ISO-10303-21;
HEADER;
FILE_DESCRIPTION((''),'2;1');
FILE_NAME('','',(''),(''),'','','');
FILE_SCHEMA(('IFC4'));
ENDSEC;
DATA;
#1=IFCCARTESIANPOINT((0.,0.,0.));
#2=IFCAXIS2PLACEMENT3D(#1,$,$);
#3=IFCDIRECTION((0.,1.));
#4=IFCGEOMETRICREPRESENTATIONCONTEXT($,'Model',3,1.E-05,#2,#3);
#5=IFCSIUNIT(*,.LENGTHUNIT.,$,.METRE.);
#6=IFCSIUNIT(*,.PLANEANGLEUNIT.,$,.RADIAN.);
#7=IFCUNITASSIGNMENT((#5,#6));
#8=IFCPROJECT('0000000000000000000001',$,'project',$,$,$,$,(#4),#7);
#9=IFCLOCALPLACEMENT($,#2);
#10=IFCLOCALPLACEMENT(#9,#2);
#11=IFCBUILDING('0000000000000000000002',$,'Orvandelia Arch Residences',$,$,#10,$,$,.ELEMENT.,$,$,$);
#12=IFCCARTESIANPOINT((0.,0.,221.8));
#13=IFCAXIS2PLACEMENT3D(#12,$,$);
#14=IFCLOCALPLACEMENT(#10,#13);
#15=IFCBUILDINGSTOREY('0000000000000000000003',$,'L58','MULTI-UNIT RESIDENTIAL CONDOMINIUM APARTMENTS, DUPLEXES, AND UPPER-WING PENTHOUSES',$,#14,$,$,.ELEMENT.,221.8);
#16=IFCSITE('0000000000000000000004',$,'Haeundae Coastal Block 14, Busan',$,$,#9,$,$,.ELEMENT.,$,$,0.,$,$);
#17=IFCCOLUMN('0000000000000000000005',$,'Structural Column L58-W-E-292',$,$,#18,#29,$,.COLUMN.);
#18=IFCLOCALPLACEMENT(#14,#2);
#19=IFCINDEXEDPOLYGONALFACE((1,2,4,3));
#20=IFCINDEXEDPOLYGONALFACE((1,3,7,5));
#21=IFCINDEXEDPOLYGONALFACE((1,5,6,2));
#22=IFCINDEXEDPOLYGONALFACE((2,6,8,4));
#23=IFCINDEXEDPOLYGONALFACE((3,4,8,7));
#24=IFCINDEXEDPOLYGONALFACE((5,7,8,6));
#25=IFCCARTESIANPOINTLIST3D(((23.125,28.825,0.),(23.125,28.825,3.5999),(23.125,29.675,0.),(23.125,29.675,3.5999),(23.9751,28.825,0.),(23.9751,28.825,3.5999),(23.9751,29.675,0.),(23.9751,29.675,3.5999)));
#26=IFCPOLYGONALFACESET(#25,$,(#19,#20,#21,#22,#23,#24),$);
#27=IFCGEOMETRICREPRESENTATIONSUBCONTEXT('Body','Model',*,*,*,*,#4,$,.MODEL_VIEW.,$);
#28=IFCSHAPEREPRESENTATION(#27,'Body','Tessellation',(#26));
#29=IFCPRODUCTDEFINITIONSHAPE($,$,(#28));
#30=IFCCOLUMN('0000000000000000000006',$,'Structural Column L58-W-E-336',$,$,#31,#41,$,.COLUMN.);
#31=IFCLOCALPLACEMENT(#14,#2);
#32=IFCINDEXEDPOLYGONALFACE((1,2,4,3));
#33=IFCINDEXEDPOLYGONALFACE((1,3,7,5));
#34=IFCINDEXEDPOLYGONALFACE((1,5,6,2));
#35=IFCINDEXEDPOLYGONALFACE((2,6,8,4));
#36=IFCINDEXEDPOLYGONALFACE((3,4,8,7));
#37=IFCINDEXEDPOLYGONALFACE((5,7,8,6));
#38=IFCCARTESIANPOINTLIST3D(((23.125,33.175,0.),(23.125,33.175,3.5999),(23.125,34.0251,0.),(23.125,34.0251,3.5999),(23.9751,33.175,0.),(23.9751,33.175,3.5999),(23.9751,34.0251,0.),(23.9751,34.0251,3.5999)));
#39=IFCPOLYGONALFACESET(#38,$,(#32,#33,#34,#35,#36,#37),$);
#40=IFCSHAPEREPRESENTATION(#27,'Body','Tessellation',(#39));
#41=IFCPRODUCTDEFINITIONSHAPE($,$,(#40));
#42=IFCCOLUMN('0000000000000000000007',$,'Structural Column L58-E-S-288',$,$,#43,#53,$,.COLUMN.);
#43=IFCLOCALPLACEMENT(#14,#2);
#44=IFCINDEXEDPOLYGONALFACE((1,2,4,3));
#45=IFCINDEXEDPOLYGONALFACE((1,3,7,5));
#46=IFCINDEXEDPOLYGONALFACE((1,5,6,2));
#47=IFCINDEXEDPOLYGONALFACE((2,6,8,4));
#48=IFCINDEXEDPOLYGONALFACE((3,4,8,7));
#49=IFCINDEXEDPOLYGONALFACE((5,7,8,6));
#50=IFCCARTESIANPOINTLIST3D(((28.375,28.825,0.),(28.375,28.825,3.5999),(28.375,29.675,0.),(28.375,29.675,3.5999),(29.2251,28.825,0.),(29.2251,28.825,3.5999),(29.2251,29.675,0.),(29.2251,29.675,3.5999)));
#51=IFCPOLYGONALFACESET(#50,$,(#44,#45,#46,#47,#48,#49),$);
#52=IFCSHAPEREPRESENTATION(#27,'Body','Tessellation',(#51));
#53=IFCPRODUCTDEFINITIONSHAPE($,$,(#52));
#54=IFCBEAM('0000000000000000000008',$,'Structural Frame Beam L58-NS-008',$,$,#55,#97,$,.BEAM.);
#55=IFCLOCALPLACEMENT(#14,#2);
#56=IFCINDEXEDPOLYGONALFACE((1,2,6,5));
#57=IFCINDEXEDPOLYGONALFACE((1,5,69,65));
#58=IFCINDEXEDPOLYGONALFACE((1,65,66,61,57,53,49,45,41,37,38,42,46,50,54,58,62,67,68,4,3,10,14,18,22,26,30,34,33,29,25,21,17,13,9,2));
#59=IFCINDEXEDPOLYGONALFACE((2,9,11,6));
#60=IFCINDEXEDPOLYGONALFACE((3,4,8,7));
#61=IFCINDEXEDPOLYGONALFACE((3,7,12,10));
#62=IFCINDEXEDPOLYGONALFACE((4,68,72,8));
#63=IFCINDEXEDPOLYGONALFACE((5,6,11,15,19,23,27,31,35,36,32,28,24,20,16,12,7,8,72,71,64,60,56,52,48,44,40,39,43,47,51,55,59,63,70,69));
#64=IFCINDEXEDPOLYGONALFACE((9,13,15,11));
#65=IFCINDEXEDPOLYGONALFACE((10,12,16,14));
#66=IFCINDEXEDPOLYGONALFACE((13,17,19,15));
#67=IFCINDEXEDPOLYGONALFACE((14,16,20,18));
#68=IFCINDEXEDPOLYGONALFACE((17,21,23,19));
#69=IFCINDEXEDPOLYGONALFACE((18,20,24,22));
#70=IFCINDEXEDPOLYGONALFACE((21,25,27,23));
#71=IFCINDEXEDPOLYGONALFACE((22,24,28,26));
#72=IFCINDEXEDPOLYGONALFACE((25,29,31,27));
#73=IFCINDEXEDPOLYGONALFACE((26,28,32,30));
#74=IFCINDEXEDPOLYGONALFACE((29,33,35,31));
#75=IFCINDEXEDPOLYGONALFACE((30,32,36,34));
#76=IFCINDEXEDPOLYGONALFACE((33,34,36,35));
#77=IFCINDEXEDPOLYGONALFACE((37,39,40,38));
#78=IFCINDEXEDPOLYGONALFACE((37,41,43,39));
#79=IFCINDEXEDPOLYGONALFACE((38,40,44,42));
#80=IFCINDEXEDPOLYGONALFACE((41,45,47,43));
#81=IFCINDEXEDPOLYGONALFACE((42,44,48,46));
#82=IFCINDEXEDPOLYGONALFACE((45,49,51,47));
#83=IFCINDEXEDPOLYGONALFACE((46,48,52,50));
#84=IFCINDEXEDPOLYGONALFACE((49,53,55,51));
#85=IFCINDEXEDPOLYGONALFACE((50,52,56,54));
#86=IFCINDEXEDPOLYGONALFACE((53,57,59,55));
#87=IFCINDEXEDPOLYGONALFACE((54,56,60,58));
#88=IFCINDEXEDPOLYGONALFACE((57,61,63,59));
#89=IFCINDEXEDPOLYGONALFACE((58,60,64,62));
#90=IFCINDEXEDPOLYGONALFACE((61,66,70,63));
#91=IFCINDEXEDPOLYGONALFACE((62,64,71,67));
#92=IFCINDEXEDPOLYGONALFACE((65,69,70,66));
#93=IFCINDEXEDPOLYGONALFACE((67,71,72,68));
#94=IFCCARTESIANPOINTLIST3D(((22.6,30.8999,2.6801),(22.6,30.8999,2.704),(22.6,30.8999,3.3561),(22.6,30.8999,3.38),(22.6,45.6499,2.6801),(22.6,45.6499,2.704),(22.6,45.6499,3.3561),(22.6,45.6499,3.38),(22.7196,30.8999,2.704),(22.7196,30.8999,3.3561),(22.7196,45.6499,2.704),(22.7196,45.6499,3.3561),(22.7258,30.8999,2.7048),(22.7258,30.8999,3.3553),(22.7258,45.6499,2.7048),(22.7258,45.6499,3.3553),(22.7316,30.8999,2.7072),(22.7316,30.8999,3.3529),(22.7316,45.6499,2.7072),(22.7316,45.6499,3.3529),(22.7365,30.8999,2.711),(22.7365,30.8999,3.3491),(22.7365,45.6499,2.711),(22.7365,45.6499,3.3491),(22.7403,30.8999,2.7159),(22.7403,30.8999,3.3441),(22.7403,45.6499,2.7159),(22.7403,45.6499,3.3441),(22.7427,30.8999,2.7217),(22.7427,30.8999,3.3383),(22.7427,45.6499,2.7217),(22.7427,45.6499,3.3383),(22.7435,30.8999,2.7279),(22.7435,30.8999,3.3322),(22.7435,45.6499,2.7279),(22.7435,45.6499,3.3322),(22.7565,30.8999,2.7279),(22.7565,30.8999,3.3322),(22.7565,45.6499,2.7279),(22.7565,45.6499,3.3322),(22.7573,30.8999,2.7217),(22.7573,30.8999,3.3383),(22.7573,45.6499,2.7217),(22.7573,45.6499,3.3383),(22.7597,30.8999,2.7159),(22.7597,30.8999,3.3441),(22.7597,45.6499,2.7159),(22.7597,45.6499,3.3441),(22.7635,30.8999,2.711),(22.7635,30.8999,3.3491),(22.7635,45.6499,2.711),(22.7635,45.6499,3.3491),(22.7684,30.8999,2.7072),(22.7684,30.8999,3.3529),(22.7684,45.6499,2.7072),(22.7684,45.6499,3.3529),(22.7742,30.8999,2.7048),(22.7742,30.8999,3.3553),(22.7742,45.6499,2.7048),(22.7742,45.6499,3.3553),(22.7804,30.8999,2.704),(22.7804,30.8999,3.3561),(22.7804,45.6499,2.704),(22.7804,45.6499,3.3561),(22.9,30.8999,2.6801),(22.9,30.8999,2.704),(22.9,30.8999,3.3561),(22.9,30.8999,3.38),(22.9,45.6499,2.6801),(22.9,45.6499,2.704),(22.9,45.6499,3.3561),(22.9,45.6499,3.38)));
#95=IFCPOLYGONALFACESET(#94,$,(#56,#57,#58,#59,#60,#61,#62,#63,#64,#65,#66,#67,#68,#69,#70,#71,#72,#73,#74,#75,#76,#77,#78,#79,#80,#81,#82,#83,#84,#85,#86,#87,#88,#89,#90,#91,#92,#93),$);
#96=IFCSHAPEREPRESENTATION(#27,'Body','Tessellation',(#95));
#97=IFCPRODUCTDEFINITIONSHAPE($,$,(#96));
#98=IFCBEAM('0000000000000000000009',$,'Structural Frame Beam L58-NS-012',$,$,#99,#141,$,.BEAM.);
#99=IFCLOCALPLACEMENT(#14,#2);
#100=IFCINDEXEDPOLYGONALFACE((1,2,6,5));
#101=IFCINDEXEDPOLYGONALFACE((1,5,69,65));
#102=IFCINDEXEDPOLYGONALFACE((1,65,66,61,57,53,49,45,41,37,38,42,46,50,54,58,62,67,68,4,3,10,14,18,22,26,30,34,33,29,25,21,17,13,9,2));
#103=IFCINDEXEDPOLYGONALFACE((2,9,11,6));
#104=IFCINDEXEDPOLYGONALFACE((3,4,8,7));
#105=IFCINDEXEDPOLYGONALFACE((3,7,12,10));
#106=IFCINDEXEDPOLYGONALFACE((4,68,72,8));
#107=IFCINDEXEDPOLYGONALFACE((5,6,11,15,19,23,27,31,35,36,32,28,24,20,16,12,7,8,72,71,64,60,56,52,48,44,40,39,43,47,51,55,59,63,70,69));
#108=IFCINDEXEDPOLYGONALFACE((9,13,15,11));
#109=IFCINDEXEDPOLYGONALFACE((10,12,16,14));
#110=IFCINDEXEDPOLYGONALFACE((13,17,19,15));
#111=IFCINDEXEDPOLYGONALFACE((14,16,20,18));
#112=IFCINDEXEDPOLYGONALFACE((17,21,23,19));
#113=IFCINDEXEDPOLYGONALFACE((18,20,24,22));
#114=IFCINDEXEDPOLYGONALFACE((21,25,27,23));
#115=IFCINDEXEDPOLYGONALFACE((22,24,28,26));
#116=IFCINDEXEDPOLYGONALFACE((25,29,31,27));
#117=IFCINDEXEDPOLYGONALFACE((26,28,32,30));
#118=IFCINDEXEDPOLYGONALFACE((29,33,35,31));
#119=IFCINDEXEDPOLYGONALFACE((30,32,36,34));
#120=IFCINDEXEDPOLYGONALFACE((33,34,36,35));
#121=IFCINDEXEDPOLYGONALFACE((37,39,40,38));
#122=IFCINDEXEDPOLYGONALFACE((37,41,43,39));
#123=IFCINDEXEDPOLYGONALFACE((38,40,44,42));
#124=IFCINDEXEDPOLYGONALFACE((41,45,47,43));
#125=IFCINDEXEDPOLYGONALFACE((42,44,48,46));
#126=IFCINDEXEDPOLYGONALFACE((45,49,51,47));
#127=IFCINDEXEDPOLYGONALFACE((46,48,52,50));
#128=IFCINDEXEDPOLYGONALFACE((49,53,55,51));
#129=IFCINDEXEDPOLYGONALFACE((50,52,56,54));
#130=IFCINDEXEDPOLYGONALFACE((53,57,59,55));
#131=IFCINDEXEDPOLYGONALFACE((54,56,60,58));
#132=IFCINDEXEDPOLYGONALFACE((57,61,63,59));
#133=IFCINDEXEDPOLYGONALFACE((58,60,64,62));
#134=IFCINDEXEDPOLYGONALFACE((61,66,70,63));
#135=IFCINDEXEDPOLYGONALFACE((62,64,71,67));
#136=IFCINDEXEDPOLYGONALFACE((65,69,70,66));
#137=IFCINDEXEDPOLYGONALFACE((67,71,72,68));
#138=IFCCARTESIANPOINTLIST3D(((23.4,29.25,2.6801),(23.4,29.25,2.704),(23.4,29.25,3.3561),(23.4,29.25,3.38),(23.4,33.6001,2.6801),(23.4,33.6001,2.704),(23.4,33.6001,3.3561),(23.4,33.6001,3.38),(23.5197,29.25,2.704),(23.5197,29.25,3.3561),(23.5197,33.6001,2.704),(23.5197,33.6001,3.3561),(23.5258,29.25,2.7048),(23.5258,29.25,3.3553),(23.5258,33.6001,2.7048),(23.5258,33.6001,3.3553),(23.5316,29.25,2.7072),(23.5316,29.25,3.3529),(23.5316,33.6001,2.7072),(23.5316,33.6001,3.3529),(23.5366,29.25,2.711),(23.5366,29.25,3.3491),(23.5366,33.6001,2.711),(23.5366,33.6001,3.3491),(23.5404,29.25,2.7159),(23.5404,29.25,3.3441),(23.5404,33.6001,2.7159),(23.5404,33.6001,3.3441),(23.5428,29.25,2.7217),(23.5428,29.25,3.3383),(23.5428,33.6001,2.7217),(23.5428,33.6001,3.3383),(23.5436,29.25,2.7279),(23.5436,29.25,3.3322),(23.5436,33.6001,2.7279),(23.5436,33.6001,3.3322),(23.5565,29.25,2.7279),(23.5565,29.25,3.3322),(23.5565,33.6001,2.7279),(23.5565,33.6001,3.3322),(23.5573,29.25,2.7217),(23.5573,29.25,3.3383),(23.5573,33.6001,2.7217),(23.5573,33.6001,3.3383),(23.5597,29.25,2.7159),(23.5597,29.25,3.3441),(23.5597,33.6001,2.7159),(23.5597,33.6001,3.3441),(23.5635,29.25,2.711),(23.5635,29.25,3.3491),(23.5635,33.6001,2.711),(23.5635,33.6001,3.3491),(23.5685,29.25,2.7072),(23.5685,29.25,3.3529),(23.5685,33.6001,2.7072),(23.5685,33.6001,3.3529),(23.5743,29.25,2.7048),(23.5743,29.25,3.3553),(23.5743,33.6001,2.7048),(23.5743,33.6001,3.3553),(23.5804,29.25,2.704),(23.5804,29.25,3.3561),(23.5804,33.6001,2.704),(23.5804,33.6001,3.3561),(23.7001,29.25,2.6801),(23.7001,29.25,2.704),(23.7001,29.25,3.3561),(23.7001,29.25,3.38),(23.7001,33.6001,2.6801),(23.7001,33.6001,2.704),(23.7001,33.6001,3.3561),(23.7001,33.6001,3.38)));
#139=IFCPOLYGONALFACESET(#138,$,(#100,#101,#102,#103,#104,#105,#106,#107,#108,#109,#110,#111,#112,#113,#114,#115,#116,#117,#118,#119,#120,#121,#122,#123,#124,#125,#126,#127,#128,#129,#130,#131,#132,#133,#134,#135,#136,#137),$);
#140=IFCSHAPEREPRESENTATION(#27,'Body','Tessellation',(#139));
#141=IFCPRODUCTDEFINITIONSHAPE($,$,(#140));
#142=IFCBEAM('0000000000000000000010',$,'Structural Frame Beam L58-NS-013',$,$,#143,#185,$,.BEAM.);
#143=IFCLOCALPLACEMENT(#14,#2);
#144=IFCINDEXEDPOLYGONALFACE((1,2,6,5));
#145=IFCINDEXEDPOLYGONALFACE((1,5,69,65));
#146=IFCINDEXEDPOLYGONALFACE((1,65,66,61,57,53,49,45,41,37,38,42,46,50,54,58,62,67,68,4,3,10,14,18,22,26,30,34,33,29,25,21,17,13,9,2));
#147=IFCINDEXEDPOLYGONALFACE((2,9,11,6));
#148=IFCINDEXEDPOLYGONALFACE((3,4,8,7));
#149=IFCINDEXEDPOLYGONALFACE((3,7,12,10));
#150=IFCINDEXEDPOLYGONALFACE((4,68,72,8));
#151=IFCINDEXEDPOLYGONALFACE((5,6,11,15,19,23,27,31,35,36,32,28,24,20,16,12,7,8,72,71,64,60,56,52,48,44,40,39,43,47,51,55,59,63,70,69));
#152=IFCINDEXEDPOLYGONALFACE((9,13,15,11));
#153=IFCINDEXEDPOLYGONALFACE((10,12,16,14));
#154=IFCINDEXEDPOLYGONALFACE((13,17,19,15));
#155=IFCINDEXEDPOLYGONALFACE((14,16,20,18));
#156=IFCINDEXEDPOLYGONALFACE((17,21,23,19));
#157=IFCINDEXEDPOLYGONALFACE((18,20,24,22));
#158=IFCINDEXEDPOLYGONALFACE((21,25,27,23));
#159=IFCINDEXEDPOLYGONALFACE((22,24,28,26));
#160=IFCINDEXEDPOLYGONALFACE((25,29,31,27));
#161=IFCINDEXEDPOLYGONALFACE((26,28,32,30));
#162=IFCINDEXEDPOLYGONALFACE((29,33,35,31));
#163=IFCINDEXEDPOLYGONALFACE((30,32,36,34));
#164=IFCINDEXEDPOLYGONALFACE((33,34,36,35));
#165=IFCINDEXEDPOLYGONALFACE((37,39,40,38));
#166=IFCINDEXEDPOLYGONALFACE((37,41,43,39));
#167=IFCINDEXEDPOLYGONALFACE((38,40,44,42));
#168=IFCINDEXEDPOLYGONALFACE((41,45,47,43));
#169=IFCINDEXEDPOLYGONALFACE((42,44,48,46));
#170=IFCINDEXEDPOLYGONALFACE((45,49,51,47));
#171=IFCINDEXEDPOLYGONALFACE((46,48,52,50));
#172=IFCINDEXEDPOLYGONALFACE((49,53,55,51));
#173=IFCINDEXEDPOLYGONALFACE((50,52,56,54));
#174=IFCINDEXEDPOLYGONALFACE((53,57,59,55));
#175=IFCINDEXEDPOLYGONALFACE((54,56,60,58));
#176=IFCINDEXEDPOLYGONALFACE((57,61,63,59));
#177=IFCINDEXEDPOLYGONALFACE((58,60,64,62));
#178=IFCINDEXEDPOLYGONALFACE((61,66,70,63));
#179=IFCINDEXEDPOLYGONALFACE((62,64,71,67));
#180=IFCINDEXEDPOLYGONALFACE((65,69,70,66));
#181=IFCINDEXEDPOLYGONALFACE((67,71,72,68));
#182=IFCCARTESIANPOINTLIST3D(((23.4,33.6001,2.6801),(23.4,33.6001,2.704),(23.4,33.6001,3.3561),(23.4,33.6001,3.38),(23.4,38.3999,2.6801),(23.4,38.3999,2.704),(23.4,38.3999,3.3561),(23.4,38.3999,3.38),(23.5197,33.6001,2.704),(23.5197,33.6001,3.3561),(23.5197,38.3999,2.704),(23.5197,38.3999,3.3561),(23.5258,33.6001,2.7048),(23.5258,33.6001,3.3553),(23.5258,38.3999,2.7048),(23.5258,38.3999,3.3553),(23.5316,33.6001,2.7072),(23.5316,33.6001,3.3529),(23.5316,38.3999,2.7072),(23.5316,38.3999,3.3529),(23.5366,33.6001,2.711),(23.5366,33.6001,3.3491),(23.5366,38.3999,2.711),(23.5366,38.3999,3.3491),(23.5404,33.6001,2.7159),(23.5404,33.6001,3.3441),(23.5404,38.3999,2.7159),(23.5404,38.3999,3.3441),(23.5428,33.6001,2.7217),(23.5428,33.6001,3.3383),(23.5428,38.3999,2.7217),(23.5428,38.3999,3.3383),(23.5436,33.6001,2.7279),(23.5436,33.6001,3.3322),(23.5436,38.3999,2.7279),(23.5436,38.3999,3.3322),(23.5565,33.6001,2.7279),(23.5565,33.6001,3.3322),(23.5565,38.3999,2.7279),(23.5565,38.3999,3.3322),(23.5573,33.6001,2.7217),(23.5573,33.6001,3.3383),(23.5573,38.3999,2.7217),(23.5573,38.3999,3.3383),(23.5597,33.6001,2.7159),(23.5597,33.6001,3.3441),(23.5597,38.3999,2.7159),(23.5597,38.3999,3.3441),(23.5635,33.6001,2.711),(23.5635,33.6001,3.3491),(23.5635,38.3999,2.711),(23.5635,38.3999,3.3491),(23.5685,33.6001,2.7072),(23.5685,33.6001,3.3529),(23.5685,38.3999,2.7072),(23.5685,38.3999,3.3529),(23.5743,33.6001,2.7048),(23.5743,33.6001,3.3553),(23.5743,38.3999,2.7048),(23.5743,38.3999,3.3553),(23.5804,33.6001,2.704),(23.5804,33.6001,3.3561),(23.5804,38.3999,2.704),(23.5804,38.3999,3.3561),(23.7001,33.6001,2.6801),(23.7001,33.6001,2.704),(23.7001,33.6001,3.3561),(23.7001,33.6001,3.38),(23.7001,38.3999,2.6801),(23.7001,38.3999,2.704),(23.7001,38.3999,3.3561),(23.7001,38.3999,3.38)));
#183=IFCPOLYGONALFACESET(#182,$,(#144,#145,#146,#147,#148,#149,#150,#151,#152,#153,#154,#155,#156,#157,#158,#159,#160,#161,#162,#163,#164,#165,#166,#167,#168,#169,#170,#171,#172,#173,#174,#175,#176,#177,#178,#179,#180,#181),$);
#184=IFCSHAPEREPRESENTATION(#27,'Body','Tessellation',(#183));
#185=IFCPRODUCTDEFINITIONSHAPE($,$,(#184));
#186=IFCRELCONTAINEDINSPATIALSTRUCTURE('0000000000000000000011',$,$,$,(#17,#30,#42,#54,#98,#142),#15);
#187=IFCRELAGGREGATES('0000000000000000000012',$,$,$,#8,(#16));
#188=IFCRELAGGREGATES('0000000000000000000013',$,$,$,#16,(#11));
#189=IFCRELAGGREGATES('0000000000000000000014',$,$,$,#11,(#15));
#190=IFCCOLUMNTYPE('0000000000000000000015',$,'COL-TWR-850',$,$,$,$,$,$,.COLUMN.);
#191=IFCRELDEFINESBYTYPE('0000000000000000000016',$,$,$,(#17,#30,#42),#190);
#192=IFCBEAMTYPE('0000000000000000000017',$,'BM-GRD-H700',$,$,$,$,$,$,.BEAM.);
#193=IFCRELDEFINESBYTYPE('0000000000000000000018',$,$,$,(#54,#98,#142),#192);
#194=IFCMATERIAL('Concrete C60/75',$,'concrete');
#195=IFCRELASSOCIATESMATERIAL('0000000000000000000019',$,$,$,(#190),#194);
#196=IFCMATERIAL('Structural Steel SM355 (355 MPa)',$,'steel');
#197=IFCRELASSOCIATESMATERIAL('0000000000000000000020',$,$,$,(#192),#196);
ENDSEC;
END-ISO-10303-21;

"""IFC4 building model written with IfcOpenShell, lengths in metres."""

from ifc_helpers import new_model, si_unit, direction, frame, origin, origin_2d, place, context, subcontext, project, spatial, rectangle, i_section, extrude, material, material_profile, profile_set, type_object, element, save


model = new_model("IFC4")

# Units and contexts
model_context = context("Model", 3, precision=1e-05, world=origin(), true_north=direction((0.0, 1.0)))
body_context = subcontext(model_context, "Body", "Model", "MODEL_VIEW")
ifc_project = project(units=[si_unit("LENGTHUNIT", "METRE"), si_unit("PLANEANGLEUNIT", "RADIAN")], contexts=[model_context])

# Site, building, storey
site_placement = place(None, origin())
site = spatial("IfcSite", under=ifc_project, at=site_placement, Name="Haeundae Coastal Block 14, Busan", CompositionType="ELEMENT", RefElevation=0.0)
building_placement = place(site_placement, origin())
building = spatial("IfcBuilding", under=site, at=building_placement, Name="Orvandelia Arch Residences", CompositionType="ELEMENT")
storey_placement = place(building_placement, frame((0.0, 0.0, 221.8)))
storey = spatial("IfcBuildingStorey", under=building, at=storey_placement, Name="L58", Description="MULTI-UNIT RESIDENTIAL CONDOMINIUM APARTMENTS, DUPLEXES, AND UPPER-WING PENTHOUSES", CompositionType="ELEMENT", Elevation=221.8)

# Columns
ifc_material_1 = material(Name="Concrete C60/75", Category="concrete")
ifc_material_profile_1 = material_profile(ifc_material_1, rectangle(XDim=0.8501, YDim=0.8501, at=origin_2d()), Name="Concrete C60/75", Category="concrete")
ifc_profile_set_1 = profile_set([ifc_material_profile_1], Name="Concrete C60/75")
column_type = type_object("IfcColumnType", Name="COL-TWR-850", PredefinedType="COLUMN", material=ifc_profile_set_1)
for number, where, z_axis, x_axis, name in (
    (1, (23.55, 29.25, 0.0), (0.0, 0.0, 1.0), (1.0, 0.0, 0.0), "Structural Column L58-W-E-292"),
    (2, (23.55, 33.6001, 0.0), (0.0, 0.0, 1.0), (1.0, 0.0, 0.0), "Structural Column L58-W-E-336"),
    (3, (28.8, 29.25, 0.0), (0.0, 0.0, 1.0), (1.0, 0.0, 0.0), "Structural Column L58-E-S-288"),
):
    element("IfcColumn", number, at=place(storey_placement, frame(where, z_axis=z_axis, x_axis=x_axis)), inside=storey, type_object=column_type, Name=name, PredefinedType="COLUMN", context=body_context, shape_type="SweptSolid", body=[
        extrude(rectangle(XDim=0.8501, YDim=0.8501, at=origin_2d()), origin(), (0.0, 0.0, 1.0), 3.5999),
    ])

# Beams
ifc_material_2 = material(Name="Structural Steel SM355 (355 MPa)", Category="steel")
ifc_material_profile_2 = material_profile(ifc_material_2, i_section(OverallWidth=0.3, OverallDepth=0.7, WebThickness=0.0129, FlangeThickness=0.0239, FilletRadius=0.0239, at=origin_2d()), Name="Structural Steel SM355 (355 MPa)", Category="steel")
ifc_profile_set_2 = profile_set([ifc_material_profile_2], Name="Structural Steel SM355 (355 MPa)")
beam_type = type_object("IfcBeamType", Name="BM-GRD-H700", PredefinedType="BEAM", material=ifc_profile_set_2)
beam_1_placement = place(storey_placement, frame((22.75, 30.8999, 3.03), z_axis=(0.0, 1.0, 0.0), x_axis=(-1.0, 0.0, 0.0)))
element("IfcBeam", 4, at=beam_1_placement, inside=storey, type_object=beam_type, Name="Structural Frame Beam L58-NS-008", PredefinedType="BEAM", context=body_context, shape_type="SweptSolid", body=[
    extrude(i_section(OverallWidth=0.3, OverallDepth=0.7, WebThickness=0.0129, FlangeThickness=0.0239, FilletRadius=0.0239, at=origin_2d()), origin(), (0.0, 0.0, 1.0), 14.75),
])
beam_2_placement = place(storey_placement, frame((23.55, 29.25, 3.03), z_axis=(0.0, 1.0, 0.0), x_axis=(-1.0, 0.0, 0.0)))
element("IfcBeam", 5, at=beam_2_placement, inside=storey, type_object=beam_type, Name="Structural Frame Beam L58-NS-012", PredefinedType="BEAM", context=body_context, shape_type="SweptSolid", body=[
    extrude(i_section(OverallWidth=0.3, OverallDepth=0.7, WebThickness=0.0129, FlangeThickness=0.0239, FilletRadius=0.0239, at=origin_2d()), origin(), (0.0, 0.0, 1.0), 4.3501),
])
beam_3_placement = place(storey_placement, frame((23.55, 33.6001, 3.03), z_axis=(0.0, 1.0, 0.0), x_axis=(-1.0, 0.0, 0.0)))
element("IfcBeam", 6, at=beam_3_placement, inside=storey, type_object=beam_type, Name="Structural Frame Beam L58-NS-013", PredefinedType="BEAM", context=body_context, shape_type="SweptSolid", body=[
    extrude(i_section(OverallWidth=0.3, OverallDepth=0.7, WebThickness=0.0129, FlangeThickness=0.0239, FilletRadius=0.0239, at=origin_2d()), origin(), (0.0, 0.0, 1.0), 4.7998),
])

save(model, "model.ifc")
